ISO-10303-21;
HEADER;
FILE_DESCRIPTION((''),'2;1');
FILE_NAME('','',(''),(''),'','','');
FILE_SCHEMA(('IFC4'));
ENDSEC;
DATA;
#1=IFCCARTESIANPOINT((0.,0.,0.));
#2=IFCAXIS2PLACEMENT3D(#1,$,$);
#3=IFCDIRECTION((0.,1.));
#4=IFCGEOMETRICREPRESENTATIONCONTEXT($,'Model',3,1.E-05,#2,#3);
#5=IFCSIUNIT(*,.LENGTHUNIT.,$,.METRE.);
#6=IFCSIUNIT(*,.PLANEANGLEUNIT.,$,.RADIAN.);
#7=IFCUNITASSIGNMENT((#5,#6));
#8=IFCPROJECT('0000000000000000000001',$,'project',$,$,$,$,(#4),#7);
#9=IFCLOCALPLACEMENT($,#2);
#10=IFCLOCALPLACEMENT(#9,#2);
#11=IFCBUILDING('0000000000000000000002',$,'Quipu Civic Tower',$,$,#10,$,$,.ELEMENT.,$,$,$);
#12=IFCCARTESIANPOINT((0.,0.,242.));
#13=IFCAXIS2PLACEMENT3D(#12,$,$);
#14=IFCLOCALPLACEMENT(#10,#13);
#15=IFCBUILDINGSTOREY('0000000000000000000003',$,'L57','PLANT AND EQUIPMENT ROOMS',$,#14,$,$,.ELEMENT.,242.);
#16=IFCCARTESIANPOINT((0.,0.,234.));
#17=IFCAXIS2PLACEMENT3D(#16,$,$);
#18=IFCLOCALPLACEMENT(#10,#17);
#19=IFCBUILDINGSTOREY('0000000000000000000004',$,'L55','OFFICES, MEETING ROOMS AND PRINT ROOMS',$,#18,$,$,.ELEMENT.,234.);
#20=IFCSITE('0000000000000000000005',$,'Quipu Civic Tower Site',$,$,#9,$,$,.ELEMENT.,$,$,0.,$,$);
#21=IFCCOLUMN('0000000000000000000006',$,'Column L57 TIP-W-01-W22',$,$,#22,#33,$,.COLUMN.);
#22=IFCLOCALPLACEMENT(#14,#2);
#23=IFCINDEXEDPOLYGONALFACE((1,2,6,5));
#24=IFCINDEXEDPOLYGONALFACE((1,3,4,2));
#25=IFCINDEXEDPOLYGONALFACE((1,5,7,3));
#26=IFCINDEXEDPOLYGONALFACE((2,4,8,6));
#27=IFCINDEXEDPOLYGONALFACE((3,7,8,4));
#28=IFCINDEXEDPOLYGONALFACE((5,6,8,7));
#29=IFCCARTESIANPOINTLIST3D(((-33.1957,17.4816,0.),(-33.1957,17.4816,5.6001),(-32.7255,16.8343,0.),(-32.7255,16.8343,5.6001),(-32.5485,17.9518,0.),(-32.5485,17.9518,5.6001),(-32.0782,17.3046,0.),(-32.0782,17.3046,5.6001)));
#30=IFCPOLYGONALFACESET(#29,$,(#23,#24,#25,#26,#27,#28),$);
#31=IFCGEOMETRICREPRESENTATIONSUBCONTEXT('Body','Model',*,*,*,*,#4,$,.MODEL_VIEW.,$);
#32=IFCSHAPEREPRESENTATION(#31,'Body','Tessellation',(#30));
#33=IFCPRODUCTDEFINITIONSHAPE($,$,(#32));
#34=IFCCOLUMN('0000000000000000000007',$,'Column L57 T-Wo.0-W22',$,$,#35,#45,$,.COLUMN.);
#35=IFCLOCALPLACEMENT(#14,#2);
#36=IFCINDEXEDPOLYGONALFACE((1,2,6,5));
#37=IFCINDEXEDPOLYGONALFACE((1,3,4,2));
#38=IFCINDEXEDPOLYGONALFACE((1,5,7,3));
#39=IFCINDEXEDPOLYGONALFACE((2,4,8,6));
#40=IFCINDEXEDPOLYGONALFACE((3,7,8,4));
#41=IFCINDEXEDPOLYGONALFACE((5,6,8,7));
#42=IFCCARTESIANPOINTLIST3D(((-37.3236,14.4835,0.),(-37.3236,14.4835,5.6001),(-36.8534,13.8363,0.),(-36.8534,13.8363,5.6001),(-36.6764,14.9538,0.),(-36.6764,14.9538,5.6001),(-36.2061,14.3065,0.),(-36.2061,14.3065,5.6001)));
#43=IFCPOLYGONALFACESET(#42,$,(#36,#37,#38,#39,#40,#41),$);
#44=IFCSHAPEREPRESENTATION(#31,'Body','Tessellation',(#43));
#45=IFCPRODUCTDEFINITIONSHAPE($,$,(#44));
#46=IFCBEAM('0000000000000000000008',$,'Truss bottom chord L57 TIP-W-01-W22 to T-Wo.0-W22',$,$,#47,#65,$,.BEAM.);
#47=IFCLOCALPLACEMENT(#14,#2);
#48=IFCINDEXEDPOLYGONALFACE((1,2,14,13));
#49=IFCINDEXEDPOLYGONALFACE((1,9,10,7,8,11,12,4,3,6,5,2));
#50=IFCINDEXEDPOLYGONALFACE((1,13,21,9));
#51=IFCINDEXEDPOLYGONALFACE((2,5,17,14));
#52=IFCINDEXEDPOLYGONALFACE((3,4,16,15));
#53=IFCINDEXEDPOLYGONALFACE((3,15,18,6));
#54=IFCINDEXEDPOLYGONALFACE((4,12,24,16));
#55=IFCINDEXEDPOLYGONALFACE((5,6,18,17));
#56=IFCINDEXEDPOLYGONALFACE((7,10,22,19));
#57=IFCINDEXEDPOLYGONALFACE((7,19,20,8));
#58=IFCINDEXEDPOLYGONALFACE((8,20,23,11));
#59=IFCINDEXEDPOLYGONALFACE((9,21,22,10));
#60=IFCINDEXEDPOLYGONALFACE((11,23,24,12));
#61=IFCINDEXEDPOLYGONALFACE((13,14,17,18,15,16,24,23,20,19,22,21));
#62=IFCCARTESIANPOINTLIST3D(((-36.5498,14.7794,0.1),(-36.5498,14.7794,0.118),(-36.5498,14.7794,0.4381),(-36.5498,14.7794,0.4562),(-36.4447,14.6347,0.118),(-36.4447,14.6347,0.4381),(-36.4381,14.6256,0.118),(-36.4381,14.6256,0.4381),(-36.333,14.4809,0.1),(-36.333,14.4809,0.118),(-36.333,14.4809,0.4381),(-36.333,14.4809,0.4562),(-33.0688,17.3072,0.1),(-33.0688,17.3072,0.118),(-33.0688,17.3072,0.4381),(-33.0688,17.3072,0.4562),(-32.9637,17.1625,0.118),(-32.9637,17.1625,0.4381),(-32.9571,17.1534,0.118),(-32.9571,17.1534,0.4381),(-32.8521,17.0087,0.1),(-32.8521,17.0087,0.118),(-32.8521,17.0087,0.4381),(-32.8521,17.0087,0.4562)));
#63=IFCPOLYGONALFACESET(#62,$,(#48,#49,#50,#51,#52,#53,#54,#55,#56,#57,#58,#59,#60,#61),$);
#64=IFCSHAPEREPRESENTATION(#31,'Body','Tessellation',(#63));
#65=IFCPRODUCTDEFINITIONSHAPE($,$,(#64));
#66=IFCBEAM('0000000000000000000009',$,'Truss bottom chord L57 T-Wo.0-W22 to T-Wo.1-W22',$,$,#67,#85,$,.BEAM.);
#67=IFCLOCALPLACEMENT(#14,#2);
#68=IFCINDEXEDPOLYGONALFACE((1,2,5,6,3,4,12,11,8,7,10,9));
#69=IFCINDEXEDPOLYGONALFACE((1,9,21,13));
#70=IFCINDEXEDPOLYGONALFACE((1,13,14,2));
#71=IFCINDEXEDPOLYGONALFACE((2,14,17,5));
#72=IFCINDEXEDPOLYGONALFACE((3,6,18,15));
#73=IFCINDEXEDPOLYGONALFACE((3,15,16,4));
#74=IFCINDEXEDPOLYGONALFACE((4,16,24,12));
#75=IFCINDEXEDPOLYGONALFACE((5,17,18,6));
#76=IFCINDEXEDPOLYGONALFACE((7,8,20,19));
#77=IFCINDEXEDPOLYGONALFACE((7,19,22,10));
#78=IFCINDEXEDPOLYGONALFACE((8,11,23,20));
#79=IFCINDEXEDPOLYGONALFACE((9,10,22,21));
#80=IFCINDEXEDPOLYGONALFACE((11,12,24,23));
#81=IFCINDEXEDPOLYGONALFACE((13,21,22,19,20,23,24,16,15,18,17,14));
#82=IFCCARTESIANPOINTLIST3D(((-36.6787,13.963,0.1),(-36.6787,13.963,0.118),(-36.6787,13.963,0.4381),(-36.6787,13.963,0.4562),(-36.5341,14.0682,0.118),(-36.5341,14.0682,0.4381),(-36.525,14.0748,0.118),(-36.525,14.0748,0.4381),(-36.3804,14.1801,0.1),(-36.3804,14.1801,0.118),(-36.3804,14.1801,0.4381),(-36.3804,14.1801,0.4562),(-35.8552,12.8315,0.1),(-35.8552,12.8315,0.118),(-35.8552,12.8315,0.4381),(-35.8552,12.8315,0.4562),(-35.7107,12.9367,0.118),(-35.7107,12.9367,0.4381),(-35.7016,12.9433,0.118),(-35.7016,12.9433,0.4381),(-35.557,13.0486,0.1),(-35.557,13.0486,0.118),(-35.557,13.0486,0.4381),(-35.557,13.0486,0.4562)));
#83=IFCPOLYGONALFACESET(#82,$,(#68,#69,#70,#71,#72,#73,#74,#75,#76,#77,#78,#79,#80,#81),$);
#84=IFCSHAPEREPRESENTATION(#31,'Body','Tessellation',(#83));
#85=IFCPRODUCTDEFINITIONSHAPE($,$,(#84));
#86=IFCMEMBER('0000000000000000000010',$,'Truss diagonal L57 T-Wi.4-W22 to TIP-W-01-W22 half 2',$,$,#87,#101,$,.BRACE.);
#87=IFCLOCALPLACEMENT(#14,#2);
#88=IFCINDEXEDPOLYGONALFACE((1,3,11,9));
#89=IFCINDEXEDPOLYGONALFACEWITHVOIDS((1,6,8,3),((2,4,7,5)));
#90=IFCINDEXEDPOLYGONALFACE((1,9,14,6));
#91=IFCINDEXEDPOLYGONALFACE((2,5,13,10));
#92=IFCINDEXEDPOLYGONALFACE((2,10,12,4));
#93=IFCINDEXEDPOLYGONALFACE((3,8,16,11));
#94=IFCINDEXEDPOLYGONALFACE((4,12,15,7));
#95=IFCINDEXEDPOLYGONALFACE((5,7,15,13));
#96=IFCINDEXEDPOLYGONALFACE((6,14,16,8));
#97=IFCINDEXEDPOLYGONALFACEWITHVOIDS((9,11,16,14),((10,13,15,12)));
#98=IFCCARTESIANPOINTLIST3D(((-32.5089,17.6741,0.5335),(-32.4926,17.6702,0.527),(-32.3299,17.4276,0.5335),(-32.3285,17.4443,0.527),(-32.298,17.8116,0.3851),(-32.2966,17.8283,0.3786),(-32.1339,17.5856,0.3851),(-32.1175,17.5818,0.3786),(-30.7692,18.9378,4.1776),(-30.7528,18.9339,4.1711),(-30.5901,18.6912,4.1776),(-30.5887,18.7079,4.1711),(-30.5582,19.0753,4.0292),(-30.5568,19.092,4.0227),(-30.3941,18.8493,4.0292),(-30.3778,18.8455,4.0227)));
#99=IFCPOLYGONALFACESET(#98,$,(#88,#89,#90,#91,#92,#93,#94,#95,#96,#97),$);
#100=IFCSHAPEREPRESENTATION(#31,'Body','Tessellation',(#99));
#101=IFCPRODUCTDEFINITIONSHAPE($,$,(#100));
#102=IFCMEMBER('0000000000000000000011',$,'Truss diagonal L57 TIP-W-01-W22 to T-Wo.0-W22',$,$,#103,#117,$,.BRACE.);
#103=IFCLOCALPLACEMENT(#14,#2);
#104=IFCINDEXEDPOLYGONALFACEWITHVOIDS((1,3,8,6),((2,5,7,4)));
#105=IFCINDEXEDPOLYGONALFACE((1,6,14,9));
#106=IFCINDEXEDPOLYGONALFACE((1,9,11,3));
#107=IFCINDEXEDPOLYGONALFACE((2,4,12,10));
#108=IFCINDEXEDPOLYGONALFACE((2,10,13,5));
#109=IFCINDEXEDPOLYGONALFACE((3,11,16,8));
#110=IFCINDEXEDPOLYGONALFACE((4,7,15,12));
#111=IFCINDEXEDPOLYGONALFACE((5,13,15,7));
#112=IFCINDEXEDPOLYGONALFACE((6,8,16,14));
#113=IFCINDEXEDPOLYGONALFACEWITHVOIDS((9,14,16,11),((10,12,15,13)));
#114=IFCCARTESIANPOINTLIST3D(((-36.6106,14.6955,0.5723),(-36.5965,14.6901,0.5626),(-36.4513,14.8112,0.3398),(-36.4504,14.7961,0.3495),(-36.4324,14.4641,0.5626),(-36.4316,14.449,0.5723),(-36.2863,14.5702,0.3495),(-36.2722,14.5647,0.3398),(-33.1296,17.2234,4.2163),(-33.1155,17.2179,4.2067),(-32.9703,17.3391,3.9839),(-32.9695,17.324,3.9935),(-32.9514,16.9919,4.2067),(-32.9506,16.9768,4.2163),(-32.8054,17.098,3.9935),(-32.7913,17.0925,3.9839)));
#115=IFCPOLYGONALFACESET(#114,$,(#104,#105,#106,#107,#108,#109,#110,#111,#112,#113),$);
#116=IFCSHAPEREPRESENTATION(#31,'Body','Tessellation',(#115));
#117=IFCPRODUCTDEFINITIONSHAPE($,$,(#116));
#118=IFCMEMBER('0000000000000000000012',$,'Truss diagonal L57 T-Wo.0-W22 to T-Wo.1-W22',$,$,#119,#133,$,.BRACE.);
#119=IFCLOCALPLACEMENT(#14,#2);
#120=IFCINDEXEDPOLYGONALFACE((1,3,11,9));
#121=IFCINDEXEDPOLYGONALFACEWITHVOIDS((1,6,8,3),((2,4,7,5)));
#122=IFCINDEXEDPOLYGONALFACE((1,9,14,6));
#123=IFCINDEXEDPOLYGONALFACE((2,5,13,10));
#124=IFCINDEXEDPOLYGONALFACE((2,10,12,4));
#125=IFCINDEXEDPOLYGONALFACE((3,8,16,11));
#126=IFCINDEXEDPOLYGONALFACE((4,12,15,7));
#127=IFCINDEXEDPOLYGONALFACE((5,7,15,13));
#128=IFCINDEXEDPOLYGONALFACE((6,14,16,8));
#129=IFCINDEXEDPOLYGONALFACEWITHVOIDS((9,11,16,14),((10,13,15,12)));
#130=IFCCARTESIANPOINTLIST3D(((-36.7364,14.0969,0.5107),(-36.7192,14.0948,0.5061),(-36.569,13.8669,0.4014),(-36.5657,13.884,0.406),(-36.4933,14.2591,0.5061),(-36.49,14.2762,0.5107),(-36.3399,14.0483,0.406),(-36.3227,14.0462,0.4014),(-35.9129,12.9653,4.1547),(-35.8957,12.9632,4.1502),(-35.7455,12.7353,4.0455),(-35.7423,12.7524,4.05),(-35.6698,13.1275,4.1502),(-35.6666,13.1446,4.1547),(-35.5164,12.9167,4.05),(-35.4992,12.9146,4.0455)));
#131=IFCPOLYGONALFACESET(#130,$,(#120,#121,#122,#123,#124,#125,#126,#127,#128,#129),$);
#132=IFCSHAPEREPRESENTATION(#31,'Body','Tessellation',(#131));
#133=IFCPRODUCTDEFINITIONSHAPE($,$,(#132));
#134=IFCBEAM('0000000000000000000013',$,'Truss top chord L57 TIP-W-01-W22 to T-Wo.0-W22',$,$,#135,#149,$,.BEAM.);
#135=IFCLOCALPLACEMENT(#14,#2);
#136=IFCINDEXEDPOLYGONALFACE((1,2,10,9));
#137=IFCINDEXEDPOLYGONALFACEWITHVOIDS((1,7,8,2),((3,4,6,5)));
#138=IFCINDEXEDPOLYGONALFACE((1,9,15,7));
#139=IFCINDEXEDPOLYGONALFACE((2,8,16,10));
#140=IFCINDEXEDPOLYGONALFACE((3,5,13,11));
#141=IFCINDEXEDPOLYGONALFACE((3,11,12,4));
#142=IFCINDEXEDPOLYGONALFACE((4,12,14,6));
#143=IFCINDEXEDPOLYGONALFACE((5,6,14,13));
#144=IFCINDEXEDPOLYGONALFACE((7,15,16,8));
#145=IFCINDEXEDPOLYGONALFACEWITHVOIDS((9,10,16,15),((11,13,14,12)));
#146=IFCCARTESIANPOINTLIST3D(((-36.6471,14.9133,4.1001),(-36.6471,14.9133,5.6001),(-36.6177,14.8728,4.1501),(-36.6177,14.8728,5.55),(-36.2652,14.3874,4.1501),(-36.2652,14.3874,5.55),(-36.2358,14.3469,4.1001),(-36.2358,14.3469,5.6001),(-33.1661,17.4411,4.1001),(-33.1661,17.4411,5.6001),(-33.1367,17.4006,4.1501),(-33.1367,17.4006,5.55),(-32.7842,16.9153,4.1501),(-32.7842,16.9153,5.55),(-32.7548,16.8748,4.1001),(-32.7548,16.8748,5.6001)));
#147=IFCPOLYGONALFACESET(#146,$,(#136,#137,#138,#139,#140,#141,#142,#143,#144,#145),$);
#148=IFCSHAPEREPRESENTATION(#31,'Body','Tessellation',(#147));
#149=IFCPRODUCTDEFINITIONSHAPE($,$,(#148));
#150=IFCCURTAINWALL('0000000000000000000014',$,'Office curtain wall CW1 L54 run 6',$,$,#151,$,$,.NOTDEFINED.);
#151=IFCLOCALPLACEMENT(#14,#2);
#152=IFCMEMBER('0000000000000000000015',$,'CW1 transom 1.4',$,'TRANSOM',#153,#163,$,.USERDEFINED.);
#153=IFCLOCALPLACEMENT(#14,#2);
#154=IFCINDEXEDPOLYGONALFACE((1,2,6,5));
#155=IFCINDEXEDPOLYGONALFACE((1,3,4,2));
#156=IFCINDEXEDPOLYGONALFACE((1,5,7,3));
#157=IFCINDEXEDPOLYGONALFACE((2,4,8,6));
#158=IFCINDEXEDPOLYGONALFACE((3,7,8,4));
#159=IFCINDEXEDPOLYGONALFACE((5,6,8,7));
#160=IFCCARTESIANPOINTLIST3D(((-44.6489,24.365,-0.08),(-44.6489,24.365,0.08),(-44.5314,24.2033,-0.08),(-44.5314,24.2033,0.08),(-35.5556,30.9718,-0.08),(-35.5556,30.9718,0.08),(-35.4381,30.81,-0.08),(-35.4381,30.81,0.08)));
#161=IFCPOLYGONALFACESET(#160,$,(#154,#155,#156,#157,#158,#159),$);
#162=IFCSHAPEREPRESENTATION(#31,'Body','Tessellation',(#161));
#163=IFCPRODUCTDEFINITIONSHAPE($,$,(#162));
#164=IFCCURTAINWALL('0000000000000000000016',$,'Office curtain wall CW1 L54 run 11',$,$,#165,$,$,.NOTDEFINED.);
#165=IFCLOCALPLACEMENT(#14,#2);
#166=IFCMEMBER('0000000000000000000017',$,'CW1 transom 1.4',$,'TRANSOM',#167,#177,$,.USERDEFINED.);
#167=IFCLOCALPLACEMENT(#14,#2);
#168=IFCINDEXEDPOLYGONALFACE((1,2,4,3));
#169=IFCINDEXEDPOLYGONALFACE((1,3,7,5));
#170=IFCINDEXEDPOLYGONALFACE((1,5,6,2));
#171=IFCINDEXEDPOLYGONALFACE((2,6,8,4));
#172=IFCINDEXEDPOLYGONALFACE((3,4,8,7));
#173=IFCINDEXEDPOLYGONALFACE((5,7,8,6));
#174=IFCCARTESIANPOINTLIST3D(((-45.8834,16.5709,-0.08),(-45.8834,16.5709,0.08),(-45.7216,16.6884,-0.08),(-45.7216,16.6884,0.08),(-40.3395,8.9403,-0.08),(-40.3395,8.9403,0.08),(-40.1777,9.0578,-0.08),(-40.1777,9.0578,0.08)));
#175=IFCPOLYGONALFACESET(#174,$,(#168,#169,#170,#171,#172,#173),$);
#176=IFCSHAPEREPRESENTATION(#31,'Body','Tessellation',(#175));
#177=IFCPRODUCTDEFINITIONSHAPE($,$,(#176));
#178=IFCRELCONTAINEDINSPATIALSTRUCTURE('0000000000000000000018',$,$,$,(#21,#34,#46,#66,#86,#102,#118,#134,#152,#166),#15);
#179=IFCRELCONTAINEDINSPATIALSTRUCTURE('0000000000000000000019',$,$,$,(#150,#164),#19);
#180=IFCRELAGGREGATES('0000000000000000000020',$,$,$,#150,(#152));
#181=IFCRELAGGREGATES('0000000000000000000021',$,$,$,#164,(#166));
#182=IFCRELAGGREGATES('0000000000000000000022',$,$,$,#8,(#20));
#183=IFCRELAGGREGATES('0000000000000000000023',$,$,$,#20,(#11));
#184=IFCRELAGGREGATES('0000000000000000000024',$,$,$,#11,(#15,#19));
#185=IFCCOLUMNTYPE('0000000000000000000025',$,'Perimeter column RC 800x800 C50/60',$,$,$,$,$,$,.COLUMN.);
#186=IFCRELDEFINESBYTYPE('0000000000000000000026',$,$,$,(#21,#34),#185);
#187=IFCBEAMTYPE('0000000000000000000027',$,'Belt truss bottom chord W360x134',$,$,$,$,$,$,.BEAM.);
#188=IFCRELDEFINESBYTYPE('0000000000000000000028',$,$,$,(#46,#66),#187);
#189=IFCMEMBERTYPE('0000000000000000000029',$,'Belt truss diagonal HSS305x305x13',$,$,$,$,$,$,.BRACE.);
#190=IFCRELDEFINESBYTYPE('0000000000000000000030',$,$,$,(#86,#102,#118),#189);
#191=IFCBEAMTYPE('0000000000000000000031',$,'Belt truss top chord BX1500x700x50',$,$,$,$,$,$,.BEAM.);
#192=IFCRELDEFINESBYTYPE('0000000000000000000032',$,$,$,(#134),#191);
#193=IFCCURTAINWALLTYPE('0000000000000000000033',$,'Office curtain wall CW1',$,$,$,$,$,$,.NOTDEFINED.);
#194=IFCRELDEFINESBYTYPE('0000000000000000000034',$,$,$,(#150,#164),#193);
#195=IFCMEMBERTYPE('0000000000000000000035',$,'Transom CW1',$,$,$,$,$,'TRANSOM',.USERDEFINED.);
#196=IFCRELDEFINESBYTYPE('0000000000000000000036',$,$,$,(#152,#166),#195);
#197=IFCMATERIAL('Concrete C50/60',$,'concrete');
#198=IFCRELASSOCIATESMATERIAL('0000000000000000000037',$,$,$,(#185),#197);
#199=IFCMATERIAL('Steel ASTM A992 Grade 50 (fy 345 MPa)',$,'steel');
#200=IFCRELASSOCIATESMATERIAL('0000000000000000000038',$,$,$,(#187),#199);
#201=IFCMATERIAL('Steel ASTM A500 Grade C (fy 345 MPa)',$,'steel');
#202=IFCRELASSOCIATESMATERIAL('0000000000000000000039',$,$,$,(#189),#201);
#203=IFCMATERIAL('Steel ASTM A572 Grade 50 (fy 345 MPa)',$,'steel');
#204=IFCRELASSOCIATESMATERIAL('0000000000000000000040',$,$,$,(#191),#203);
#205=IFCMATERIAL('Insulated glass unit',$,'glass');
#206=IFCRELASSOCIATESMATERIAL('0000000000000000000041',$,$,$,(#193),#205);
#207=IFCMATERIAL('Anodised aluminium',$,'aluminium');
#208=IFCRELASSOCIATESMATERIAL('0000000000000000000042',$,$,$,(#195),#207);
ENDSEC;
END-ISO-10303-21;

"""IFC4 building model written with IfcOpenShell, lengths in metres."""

from ifc_helpers import new_model, si_unit, direction, frame, origin, origin_2d, place, context, subcontext, project, spatial, rectangle, hollow_rectangle, i_section, extrude, material, material_profile, profile_set, type_object, element, aggregate, save


model = new_model("IFC4")

# Units and contexts
model_context = context("Model", 3, precision=1e-05, world=origin(), true_north=direction((0.0, 1.0)))
body_context = subcontext(model_context, "Body", "Model", "MODEL_VIEW")
ifc_project = project(units=[si_unit("LENGTHUNIT", "METRE"), si_unit("PLANEANGLEUNIT", "RADIAN")], contexts=[model_context])

# Site, building, storey
site_placement = place(None, origin())
site = spatial("IfcSite", under=ifc_project, at=site_placement, Name="Quipu Civic Tower Site", CompositionType="ELEMENT", RefElevation=0.0)
building_placement = place(site_placement, origin())
building = spatial("IfcBuilding", under=site, at=building_placement, Name="Quipu Civic Tower", CompositionType="ELEMENT")
storey_1_placement = place(building_placement, frame((0.0, 0.0, 242.0)))
storey_1 = spatial("IfcBuildingStorey", under=building, at=storey_1_placement, Name="L57", Description="PLANT AND EQUIPMENT ROOMS", CompositionType="ELEMENT", Elevation=242.0)

# Columns
ifc_material_1 = material(Name="Concrete C50/60", Category="concrete")
ifc_material_profile_1 = material_profile(ifc_material_1, rectangle(XDim=0.8, YDim=0.8, at=origin_2d()), Name="RC800x800")
ifc_profile_set_1 = profile_set([ifc_material_profile_1], Name="Concrete C50/60")
column_type = type_object("IfcColumnType", Name="Perimeter column RC 800x800 C50/60", PredefinedType="COLUMN", material=ifc_profile_set_1)
for number, where, z_axis, x_axis, name in (
    (1, (-32.637, 17.3931, 0.0), (0.0, 0.0, 1.0), (-0.809017, -0.587785, 0.0), "Column L57 TIP-W-01-W22"),
    (2, (-36.7649, 14.395, 0.0), (0.0, 0.0, 1.0), (0.587785, -0.809017, 0.0), "Column L57 T-Wo.0-W22"),
):
    element("IfcColumn", number, at=place(storey_1_placement, frame(where, z_axis=z_axis, x_axis=x_axis)), inside=storey_1, type_object=column_type, Name=name, PredefinedType="COLUMN", context=body_context, shape_type="SweptSolid", body=[
        extrude(rectangle(XDim=0.8, YDim=0.8, at=origin_2d()), origin(), (0.0, 0.0, 1.0), 5.6001),
    ])

# Beams
ifc_material_2 = material(Name="Steel ASTM A992 Grade 50 (fy 345 MPa)", Category="steel")
ifc_material_profile_2 = material_profile(ifc_material_2, i_section(OverallWidth=0.3689, OverallDepth=0.3562, WebThickness=0.0112, FlangeThickness=0.0181, at=origin_2d()), Name="W360x134")
ifc_profile_set_2 = profile_set([ifc_material_profile_2], Name="Steel ASTM A992 Grade 50 (fy 345 MPa)")
beam_type_1 = type_object("IfcBeamType", Name="Belt truss bottom chord W360x134", PredefinedType="BEAM", material=ifc_profile_set_2)
beam_1_placement = place(storey_1_placement, frame((-32.9604, 17.158, 0.2781), z_axis=(-0.809153, -0.587598, 0.0), x_axis=(0.587598, -0.809153, 0.0)))
element("IfcBeam", 3, at=beam_1_placement, inside=storey_1, type_object=beam_type_1, Name="Truss bottom chord L57 TIP-W-01-W22 to T-Wo.0-W22", PredefinedType="BEAM", context=body_context, shape_type="SweptSolid", body=[
    extrude(i_section(OverallWidth=0.3689, OverallDepth=0.3562, WebThickness=0.0112, FlangeThickness=0.0181, at=origin_2d()), origin(), (0.0, 0.0, 1.0), 4.302),
])
beam_2_placement = place(storey_1_placement, frame((-36.5295, 14.0715, 0.2781), z_axis=(0.58841, -0.808563, 0.0), x_axis=(0.808563, 0.58841, 0.0)))
element("IfcBeam", 4, at=beam_2_placement, inside=storey_1, type_object=beam_type_1, Name="Truss bottom chord L57 T-Wo.0-W22 to T-Wo.1-W22", PredefinedType="BEAM", context=body_context, shape_type="SweptSolid", body=[
    extrude(i_section(OverallWidth=0.3689, OverallDepth=0.3562, WebThickness=0.0112, FlangeThickness=0.0181, at=origin_2d()), origin(), (0.0, 0.0, 1.0), 1.3994),
])

# Members
ifc_material_3 = material(Name="Steel ASTM A500 Grade C (fy 345 MPa)", Category="steel")
ifc_material_profile_3 = material_profile(ifc_material_3, hollow_rectangle(XDim=0.3047, YDim=0.3047, WallThickness=0.0127, at=origin_2d()), Name="HSS305x305x13")
ifc_profile_set_3 = profile_set([ifc_material_profile_3], Name="Steel ASTM A500 Grade C (fy 345 MPa)")
member_type_1 = type_object("IfcMemberType", Name="Belt truss diagonal HSS305x305x13", PredefinedType="BRACE", material=ifc_profile_set_3)
member_1_placement = place(storey_1_placement, frame((-32.3132, 17.6279, 0.4561), z_axis=(0.411176, 0.298659, 0.861242), x_axis=(-0.587686, 0.809089, 0.0)))
element("IfcMember", 5, at=member_1_placement, inside=storey_1, type_object=member_type_1, Name="Truss diagonal L57 T-Wi.4-W22 to TIP-W-01-W22 half 2", PredefinedType="BRACE", context=body_context, shape_type="SweptSolid", body=[
    extrude(hollow_rectangle(XDim=0.3047, YDim=0.3047, WallThickness=0.0127, at=origin_2d()), origin(), (0.0, 0.0, 1.0), 4.2312),
])
member_2_placement = place(storey_1_placement, frame((-32.9604, 17.158, 4.1001), z_axis=(-0.61742, -0.448363, -0.646346), x_axis=(0.587598, -0.809153, 0.0)))
element("IfcMember", 6, at=member_2_placement, inside=storey_1, type_object=member_type_1, Name="Truss diagonal L57 TIP-W-01-W22 to T-Wo.0-W22", PredefinedType="BRACE", context=body_context, shape_type="SweptSolid", body=[
    extrude(hollow_rectangle(XDim=0.3047, YDim=0.3047, WallThickness=0.0127, at=origin_2d()), origin(), (0.0, 0.0, 1.0), 5.6379),
])
member_3_placement = place(storey_1_placement, frame((-36.5295, 14.0715, 0.4561), z_axis=(0.210958, -0.289888, 0.933521), x_axis=(0.808563, 0.58841, 0.0)))
element("IfcMember", 7, at=member_3_placement, inside=storey_1, type_object=member_type_1, Name="Truss diagonal L57 T-Wo.0-W22 to T-Wo.1-W22", PredefinedType="BRACE", context=body_context, shape_type="SweptSolid", body=[
    extrude(hollow_rectangle(XDim=0.3047, YDim=0.3047, WallThickness=0.0127, at=origin_2d()), origin(), (0.0, 0.0, 1.0), 3.9036),
])

# Beam
ifc_material_4 = material(Name="Steel ASTM A572 Grade 50 (fy 345 MPa)", Category="steel")
ifc_material_profile_4 = material_profile(ifc_material_4, hollow_rectangle(XDim=0.7, YDim=1.5, WallThickness=0.05, at=origin_2d()), Name="BX1500x700x50")
ifc_profile_set_4 = profile_set([ifc_material_profile_4], Name="Steel ASTM A572 Grade 50 (fy 345 MPa)")
beam_type_2 = type_object("IfcBeamType", Name="Belt truss top chord BX1500x700x50", PredefinedType="BEAM", material=ifc_profile_set_4)
beam_3_placement = place(storey_1_placement, frame((-32.9604, 17.158, 4.8501), z_axis=(-0.809153, -0.587598, 0.0), x_axis=(0.587598, -0.809153, 0.0)))
element("IfcBeam", 8, at=beam_3_placement, inside=storey_1, type_object=beam_type_2, Name="Truss top chord L57 TIP-W-01-W22 to T-Wo.0-W22", PredefinedType="BEAM", context=body_context, shape_type="SweptSolid", body=[
    extrude(hollow_rectangle(XDim=0.7, YDim=1.5, WallThickness=0.05, at=origin_2d()), origin(), (0.0, 0.0, 1.0), 4.302),
])

# Shared definitions
storey_2_placement = place(building_placement, frame((0.0, 0.0, 234.0)))
storey_2 = spatial("IfcBuildingStorey", under=building, at=storey_2_placement, Name="L55", Description="OFFICES, MEETING ROOMS AND PRINT ROOMS", CompositionType="ELEMENT", Elevation=234.0)

# Curtain walls, members
ifc_material_5 = material(Name="Insulated glass unit", Category="glass")
curtain_wall_type = type_object("IfcCurtainWallType", Name="Office curtain wall CW1", PredefinedType="NOTDEFINED", material=ifc_material_5)
curtain_wall_1_placement = place(storey_2_placement, origin())
curtain_wall_1 = element("IfcCurtainWall", 9, at=curtain_wall_1_placement, inside=storey_2, type_object=curtain_wall_type, Name="Office curtain wall CW1 L54 run 6", PredefinedType="NOTDEFINED")
ifc_material_6 = material(Name="Anodised aluminium", Category="aluminium")
ifc_material_profile_5 = material_profile(ifc_material_6, rectangle(XDim=0.2, YDim=0.1599, at=origin_2d()), Name="RECT 200x160")
ifc_profile_set_5 = profile_set([ifc_material_profile_5], Name="Anodised aluminium")
member_type_2 = type_object("IfcMemberType", Name="Transom CW1", ElementType="TRANSOM", PredefinedType="USERDEFINED", material=ifc_profile_set_5)
member_4_placement = place(storey_1_placement, frame((-35.4968, 30.8909, 0.0), z_axis=(-0.809015, -0.587788, 0.0), x_axis=(0.587788, -0.809015, 0.0)))
member_4 = element("IfcMember", 10, at=member_4_placement, inside=storey_1, type_object=member_type_2, Name="CW1 transom 1.4", ObjectType="TRANSOM", PredefinedType="USERDEFINED", context=body_context, shape_type="SweptSolid", body=[
    extrude(rectangle(XDim=0.2, YDim=0.1599, at=origin_2d()), origin(), (0.0, 0.0, 1.0), 11.24),
])
aggregate(curtain_wall_1, [member_4])
curtain_wall_2_placement = place(storey_2_placement, origin())
curtain_wall_2 = element("IfcCurtainWall", 11, at=curtain_wall_2_placement, inside=storey_2, type_object=curtain_wall_type, Name="Office curtain wall CW1 L54 run 11", PredefinedType="NOTDEFINED")
member_5_placement = place(storey_1_placement, frame((-45.8025, 16.6296, 0.0), z_axis=(0.587784, -0.809018, 0.0), x_axis=(0.809018, 0.587784, 0.0)))
member_5 = element("IfcMember", 12, at=member_5_placement, inside=storey_1, type_object=member_type_2, Name="CW1 transom 1.4", ObjectType="TRANSOM", PredefinedType="USERDEFINED", context=body_context, shape_type="SweptSolid", body=[
    extrude(rectangle(XDim=0.2, YDim=0.1599, at=origin_2d()), origin(), (0.0, 0.0, 1.0), 9.4319),
])
aggregate(curtain_wall_2, [member_5])

save(model, "model.ifc")
